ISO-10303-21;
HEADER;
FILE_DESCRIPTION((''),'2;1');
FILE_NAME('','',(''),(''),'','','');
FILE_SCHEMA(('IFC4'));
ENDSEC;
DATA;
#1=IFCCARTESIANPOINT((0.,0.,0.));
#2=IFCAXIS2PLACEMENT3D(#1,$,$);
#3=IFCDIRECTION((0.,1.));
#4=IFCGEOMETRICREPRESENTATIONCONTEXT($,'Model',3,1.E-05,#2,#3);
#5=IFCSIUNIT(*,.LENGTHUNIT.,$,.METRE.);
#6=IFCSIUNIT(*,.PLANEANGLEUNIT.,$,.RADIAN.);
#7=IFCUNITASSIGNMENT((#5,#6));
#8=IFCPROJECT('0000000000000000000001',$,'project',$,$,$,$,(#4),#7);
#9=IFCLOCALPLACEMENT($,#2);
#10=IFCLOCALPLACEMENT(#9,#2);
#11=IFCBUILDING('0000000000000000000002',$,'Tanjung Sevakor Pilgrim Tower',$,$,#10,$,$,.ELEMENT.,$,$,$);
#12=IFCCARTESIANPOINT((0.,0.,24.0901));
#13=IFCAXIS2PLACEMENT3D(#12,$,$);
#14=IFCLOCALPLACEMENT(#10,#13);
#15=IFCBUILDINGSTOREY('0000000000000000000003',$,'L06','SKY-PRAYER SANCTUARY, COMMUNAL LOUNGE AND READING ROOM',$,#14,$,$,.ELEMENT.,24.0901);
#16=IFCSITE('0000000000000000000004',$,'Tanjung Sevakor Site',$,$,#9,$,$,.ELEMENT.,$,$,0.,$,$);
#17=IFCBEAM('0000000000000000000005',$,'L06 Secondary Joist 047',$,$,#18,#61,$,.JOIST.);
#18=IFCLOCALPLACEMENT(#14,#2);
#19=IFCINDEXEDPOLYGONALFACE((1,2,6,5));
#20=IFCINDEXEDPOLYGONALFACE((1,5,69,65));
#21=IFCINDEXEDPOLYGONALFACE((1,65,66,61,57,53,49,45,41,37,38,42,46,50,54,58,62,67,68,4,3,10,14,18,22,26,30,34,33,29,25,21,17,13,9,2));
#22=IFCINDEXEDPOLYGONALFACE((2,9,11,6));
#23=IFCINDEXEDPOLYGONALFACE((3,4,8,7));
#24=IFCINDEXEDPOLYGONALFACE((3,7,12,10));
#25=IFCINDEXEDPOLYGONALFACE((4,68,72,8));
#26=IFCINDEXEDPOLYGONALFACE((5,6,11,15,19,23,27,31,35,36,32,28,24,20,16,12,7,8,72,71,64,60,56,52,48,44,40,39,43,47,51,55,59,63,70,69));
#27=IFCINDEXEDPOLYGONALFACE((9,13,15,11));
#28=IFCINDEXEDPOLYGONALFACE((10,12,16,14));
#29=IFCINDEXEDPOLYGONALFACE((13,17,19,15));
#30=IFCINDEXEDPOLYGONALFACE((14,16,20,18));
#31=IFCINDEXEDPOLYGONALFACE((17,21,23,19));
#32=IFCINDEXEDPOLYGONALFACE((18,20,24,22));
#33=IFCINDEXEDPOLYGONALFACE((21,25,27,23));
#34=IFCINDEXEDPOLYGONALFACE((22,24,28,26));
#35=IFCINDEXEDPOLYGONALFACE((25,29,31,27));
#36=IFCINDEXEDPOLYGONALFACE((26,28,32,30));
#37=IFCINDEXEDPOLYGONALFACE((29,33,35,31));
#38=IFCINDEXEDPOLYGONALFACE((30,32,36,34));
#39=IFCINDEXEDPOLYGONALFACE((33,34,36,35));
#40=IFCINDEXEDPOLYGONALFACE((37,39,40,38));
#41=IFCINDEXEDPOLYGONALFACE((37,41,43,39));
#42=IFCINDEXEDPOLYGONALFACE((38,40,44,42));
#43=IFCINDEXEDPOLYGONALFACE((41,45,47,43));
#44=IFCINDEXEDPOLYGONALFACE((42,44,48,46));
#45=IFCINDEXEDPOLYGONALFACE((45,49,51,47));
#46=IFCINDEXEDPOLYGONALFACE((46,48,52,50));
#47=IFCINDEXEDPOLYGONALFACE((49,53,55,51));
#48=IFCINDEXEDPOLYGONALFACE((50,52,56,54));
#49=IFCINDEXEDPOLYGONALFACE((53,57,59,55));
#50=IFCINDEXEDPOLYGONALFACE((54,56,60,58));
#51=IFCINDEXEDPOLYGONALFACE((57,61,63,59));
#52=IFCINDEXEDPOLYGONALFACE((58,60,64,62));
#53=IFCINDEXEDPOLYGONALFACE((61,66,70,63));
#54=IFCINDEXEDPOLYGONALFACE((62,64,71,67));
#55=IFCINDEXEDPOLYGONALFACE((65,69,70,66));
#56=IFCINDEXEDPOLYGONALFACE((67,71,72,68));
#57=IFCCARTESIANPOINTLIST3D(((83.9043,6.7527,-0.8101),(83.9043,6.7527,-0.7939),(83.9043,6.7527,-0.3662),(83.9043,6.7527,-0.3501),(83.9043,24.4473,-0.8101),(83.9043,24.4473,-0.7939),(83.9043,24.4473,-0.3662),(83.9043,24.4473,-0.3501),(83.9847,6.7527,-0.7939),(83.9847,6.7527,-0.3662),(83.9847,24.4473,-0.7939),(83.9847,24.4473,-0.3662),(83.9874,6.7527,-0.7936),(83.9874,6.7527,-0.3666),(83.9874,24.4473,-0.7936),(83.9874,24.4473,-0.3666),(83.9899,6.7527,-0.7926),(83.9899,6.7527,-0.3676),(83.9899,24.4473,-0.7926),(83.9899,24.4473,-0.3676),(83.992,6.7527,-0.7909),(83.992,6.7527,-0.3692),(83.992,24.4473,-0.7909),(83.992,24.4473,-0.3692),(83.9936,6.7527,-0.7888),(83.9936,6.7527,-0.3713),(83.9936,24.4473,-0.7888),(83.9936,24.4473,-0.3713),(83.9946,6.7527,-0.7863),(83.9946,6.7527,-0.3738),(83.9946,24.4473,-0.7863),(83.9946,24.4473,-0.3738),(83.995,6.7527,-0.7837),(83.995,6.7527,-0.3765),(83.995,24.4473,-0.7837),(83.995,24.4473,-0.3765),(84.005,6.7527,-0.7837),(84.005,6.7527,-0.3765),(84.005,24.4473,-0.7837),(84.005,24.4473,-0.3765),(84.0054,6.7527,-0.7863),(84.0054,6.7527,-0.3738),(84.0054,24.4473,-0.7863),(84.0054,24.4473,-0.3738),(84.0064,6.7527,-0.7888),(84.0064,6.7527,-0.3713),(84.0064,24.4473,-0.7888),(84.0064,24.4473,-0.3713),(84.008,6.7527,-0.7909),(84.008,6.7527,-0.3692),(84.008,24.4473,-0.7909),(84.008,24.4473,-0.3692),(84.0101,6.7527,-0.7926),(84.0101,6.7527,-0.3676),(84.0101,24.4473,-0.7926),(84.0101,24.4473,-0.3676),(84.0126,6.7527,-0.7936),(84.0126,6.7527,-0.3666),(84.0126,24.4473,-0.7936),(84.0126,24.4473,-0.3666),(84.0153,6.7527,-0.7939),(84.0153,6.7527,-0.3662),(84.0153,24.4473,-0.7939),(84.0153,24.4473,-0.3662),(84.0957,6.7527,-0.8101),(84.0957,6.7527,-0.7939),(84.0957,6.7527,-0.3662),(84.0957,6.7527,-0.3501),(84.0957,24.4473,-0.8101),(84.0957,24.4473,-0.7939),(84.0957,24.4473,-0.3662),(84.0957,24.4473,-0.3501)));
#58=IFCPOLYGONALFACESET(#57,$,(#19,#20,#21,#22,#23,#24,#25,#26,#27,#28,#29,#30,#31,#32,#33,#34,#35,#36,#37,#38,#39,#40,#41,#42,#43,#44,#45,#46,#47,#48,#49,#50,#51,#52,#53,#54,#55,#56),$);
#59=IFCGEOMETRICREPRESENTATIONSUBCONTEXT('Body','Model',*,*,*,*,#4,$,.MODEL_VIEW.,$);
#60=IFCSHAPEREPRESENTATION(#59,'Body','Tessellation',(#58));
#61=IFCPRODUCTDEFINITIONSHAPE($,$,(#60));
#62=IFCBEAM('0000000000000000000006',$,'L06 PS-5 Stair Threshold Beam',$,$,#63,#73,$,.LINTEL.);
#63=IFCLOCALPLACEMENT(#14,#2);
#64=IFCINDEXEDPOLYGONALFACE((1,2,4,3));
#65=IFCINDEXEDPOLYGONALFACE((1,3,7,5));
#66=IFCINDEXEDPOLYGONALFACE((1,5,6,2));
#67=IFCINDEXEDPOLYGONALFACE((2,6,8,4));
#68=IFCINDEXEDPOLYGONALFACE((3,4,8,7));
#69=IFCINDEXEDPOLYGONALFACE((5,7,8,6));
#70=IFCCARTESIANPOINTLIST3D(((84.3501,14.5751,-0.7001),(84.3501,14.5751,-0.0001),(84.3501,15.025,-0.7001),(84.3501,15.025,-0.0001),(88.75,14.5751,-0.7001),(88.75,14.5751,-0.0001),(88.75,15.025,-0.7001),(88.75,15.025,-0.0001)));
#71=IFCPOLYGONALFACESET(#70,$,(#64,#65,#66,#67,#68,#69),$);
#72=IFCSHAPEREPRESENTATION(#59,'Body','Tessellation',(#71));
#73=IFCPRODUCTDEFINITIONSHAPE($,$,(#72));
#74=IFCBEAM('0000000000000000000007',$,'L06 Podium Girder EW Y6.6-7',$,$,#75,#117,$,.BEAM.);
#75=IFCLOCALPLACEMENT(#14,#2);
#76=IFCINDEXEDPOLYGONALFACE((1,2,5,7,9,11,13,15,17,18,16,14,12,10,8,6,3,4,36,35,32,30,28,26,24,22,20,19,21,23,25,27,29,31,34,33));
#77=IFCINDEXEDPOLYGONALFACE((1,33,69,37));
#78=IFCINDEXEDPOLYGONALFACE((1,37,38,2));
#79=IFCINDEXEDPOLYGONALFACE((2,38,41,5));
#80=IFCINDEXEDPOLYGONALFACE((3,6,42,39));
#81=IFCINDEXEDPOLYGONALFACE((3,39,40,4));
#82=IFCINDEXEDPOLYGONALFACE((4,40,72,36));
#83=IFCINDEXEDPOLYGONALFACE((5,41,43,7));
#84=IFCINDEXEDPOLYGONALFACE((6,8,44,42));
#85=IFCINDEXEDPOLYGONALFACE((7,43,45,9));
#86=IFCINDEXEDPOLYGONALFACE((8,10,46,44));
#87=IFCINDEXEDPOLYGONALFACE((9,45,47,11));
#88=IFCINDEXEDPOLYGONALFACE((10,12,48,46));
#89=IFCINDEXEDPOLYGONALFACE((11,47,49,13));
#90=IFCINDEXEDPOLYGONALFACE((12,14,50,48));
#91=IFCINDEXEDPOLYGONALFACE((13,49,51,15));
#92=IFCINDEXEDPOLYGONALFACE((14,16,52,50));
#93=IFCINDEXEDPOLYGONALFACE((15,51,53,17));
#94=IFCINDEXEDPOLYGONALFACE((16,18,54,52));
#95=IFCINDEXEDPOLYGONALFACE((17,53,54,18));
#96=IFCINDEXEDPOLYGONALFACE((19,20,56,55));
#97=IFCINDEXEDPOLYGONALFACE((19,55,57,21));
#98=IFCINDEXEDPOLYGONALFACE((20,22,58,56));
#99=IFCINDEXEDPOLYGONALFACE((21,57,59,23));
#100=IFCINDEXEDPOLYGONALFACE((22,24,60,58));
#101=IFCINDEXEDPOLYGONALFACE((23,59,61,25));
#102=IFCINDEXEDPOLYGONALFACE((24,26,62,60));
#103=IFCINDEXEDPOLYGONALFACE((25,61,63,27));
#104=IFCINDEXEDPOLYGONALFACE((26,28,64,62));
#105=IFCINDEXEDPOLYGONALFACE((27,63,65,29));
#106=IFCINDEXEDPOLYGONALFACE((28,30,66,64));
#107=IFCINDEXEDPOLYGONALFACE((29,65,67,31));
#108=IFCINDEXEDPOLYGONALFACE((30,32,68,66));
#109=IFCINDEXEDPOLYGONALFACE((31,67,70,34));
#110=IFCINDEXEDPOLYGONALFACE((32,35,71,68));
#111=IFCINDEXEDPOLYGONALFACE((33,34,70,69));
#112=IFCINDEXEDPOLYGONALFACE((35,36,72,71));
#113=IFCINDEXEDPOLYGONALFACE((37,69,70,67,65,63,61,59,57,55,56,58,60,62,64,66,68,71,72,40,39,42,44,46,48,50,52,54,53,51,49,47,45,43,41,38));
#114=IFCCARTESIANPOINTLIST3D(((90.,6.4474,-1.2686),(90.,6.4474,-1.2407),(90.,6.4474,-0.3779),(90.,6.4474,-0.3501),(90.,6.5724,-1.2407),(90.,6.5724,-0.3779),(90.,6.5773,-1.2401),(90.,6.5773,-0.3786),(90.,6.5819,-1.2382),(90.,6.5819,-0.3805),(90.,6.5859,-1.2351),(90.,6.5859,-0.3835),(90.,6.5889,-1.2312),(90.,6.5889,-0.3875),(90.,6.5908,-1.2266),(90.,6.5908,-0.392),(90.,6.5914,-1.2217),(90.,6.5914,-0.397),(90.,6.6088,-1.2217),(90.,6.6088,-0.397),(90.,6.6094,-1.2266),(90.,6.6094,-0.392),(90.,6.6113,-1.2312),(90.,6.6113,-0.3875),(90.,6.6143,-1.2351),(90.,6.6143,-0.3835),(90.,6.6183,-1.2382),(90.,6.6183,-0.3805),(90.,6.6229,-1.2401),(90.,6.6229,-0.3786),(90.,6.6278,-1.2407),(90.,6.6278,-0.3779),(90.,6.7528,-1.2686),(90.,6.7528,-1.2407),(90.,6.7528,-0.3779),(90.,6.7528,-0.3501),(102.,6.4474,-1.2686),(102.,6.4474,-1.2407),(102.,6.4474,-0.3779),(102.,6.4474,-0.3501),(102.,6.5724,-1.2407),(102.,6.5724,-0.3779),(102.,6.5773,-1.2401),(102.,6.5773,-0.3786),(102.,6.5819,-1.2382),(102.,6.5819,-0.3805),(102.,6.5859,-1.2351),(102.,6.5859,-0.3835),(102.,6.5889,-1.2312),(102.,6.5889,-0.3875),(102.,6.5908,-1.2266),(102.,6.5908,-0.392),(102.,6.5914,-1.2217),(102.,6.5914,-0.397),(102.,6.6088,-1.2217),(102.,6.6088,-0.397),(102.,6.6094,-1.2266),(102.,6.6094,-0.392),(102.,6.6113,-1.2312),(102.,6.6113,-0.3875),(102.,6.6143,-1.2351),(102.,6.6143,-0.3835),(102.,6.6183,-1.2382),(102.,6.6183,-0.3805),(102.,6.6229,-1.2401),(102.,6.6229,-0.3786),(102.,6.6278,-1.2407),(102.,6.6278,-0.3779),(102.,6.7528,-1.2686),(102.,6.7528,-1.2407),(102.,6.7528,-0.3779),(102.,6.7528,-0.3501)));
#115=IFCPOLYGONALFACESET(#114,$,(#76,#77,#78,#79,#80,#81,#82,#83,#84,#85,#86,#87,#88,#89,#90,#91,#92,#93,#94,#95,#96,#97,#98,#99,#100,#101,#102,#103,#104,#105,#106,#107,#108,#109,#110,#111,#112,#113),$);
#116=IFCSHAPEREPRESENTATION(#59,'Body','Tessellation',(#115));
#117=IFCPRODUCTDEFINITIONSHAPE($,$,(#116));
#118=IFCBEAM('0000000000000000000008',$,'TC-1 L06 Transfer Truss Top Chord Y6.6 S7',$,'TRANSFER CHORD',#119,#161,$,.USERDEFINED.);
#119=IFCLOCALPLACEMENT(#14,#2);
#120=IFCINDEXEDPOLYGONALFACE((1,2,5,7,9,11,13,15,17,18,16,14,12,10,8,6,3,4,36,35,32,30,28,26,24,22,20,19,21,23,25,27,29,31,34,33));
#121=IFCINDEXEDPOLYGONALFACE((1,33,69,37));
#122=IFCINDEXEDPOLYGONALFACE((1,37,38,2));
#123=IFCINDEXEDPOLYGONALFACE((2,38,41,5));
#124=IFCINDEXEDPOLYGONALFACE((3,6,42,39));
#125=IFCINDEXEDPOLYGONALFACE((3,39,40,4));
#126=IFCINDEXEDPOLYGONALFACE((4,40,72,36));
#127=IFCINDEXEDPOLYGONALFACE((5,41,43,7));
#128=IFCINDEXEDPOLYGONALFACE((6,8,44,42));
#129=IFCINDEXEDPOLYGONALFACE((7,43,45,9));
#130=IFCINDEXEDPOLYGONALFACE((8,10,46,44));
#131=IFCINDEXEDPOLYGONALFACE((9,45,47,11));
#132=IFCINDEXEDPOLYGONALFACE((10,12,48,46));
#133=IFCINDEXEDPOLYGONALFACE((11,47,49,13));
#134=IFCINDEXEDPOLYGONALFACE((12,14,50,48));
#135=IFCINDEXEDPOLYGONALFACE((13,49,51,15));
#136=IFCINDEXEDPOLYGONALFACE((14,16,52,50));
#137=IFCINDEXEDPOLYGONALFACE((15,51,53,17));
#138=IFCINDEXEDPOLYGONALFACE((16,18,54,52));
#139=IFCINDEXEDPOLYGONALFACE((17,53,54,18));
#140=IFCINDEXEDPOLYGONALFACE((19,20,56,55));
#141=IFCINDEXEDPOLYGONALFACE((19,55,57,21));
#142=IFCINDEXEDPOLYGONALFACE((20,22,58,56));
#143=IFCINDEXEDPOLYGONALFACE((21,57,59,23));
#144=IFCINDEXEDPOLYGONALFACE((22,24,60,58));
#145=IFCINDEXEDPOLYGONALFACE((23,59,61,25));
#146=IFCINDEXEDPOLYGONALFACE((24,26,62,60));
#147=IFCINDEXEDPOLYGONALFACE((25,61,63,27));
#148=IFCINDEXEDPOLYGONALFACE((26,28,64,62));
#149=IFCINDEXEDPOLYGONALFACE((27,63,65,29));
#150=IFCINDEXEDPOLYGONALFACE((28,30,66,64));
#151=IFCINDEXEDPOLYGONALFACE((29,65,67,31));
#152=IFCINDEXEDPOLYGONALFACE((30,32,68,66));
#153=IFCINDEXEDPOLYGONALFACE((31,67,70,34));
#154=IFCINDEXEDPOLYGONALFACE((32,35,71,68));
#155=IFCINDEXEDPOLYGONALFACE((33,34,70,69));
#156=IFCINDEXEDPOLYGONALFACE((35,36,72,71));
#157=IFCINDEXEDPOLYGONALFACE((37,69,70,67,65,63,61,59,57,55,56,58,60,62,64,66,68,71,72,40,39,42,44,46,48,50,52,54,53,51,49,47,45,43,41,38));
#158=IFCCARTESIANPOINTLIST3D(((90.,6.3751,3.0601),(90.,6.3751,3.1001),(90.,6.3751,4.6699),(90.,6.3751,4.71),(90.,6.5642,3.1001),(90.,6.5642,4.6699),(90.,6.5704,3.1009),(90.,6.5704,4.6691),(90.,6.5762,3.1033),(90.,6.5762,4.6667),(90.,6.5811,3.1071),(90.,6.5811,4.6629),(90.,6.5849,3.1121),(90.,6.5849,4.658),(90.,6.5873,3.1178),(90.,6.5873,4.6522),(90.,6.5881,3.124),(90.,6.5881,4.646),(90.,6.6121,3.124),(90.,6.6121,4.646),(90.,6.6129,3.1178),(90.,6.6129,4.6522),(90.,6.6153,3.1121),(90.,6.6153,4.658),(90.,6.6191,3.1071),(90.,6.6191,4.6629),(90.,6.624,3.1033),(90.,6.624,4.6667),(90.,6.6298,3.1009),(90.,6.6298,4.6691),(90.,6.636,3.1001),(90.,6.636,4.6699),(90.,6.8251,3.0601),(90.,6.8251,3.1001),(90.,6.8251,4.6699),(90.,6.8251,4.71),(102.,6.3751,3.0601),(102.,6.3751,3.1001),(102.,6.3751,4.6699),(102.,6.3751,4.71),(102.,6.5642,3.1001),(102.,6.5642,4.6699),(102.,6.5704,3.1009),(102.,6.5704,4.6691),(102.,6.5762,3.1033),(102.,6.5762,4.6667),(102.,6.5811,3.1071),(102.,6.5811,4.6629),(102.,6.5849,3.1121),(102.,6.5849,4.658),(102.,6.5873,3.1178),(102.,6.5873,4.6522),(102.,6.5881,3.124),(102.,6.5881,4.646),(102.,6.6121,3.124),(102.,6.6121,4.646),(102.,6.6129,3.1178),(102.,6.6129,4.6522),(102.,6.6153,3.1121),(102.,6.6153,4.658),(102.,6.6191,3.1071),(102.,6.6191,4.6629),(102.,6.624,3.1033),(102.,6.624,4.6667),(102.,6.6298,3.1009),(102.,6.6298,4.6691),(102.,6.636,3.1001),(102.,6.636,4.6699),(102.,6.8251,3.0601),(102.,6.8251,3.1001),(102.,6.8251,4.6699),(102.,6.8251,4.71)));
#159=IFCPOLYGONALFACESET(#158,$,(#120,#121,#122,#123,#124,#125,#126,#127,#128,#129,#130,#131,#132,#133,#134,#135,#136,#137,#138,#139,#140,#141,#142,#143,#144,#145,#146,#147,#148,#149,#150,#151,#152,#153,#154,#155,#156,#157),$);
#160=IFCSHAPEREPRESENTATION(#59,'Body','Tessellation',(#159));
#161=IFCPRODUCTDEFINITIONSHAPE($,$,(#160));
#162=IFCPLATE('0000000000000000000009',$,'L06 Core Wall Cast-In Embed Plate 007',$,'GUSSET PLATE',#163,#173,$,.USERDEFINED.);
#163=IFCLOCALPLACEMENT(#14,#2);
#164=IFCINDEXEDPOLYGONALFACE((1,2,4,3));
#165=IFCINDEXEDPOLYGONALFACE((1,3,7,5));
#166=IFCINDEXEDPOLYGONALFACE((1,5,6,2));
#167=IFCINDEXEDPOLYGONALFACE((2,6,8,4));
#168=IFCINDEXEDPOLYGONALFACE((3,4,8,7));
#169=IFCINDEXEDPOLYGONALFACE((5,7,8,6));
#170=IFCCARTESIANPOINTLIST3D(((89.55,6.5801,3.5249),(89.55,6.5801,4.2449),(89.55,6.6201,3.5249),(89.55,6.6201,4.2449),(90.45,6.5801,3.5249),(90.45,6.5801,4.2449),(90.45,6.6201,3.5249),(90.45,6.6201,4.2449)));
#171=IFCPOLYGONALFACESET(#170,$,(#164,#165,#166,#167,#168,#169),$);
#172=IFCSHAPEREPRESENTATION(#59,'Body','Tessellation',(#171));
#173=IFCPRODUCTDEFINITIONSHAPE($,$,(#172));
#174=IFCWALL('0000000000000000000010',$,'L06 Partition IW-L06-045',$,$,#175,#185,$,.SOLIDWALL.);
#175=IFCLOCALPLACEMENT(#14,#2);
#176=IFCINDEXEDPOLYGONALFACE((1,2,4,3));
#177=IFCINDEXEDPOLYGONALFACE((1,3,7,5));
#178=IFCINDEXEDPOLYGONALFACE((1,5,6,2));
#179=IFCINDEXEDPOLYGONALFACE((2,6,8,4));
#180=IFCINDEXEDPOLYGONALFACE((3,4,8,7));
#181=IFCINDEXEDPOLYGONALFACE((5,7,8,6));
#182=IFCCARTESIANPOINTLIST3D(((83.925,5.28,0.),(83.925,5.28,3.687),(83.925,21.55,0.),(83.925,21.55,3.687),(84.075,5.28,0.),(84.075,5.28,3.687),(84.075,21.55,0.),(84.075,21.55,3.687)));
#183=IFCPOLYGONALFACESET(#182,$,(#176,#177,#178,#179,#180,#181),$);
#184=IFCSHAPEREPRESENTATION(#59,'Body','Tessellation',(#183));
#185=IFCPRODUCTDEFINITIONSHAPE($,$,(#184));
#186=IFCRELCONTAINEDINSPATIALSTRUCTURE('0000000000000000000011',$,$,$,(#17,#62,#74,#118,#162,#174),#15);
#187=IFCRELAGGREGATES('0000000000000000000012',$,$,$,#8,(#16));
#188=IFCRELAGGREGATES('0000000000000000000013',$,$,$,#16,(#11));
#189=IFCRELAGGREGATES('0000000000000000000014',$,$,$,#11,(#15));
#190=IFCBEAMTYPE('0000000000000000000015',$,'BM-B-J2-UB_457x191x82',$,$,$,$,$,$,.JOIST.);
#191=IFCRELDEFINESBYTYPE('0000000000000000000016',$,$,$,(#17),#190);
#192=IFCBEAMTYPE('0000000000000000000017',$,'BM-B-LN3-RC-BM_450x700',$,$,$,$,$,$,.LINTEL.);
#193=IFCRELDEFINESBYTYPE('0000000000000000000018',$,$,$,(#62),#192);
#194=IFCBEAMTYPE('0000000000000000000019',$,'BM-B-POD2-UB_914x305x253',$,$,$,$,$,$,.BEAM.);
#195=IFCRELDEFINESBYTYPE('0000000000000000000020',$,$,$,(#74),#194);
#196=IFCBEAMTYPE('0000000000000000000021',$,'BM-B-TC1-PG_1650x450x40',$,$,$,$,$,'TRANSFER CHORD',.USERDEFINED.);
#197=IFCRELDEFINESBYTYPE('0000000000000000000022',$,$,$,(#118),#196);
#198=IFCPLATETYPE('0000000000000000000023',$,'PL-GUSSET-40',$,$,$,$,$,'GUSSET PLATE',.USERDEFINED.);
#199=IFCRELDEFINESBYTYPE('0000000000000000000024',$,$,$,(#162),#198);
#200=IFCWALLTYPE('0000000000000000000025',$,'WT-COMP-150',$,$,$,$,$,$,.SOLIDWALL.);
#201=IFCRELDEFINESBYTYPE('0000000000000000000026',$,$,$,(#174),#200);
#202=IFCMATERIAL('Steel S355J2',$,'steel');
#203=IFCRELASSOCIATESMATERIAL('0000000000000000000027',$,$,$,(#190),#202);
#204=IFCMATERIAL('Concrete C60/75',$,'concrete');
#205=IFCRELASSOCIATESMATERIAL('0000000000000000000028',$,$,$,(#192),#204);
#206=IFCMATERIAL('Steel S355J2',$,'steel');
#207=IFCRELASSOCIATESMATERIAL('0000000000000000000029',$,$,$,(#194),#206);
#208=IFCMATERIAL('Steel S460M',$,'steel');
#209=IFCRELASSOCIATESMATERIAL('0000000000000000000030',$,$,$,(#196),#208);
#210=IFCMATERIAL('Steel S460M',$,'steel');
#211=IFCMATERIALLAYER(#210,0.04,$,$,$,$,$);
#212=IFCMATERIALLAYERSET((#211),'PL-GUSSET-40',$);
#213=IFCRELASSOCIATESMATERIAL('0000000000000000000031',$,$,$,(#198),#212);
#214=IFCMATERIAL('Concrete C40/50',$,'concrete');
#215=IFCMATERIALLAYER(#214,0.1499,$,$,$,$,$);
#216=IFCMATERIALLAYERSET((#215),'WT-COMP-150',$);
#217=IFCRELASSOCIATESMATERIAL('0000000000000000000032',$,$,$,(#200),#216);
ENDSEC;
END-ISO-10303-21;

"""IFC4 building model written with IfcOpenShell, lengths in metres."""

from ifc_helpers import new_model, si_unit, direction, frame, frame_2d, origin, origin_2d, place, context, subcontext, project, spatial, rectangle, i_section, extrude, material, layer, layer_set, material_profile, profile_set, type_object, element, save


model = new_model("IFC4")

# Units and contexts
model_context = context("Model", 3, precision=1e-05, world=origin(), true_north=direction((0.0, 1.0)))
body_context = subcontext(model_context, "Body", "Model", "MODEL_VIEW")
ifc_project = project(units=[si_unit("LENGTHUNIT", "METRE"), si_unit("PLANEANGLEUNIT", "RADIAN")], contexts=[model_context])

# Site, building, storey
site_placement = place(None, origin())
site = spatial("IfcSite", under=ifc_project, at=site_placement, Name="Tanjung Sevakor Site", CompositionType="ELEMENT", RefElevation=0.0)
building_placement = place(site_placement, origin())
building = spatial("IfcBuilding", under=site, at=building_placement, Name="Tanjung Sevakor Pilgrim Tower", CompositionType="ELEMENT")
storey_placement = place(building_placement, frame((0.0, 0.0, 24.0901)))
storey = spatial("IfcBuildingStorey", under=building, at=storey_placement, Name="L06", Description="SKY-PRAYER SANCTUARY, COMMUNAL LOUNGE AND READING ROOM", CompositionType="ELEMENT", Elevation=24.0901)

# Beams
ifc_material_1 = material(Name="Steel S355J2", Category="steel")
ifc_material_profile_1 = material_profile(ifc_material_1, i_section(OverallWidth=0.1914, OverallDepth=0.46, WebThickness=0.01, FlangeThickness=0.0161, FilletRadius=0.0103, at=origin_2d()))
ifc_profile_set_1 = profile_set([ifc_material_profile_1], Name="Steel S355J2")
beam_type_1 = type_object("IfcBeamType", Name="BM-B-J2-UB_457x191x82", PredefinedType="JOIST", material=ifc_profile_set_1)
beam_1_placement = place(storey_placement, frame((84.0, 6.7527, -0.5801), z_axis=(0.0, 1.0, 0.0), x_axis=(-1.0, 0.0, 0.0)))
element("IfcBeam", 1, at=beam_1_placement, inside=storey, type_object=beam_type_1, Name="L06 Secondary Joist 047", PredefinedType="JOIST", context=body_context, shape_type="SweptSolid", body=[
    extrude(i_section(OverallWidth=0.1914, OverallDepth=0.46, WebThickness=0.01, FlangeThickness=0.0161, FilletRadius=0.0103, at=origin_2d()), origin(), (0.0, 0.0, 1.0), 17.6946),
])
ifc_material_2 = material(Name="Concrete C60/75", Category="concrete")
ifc_material_profile_2 = material_profile(ifc_material_2, rectangle(XDim=0.45, YDim=0.7, at=origin_2d()))
ifc_profile_set_2 = profile_set([ifc_material_profile_2], Name="Concrete C60/75")
beam_type_2 = type_object("IfcBeamType", Name="BM-B-LN3-RC-BM_450x700", PredefinedType="LINTEL", material=ifc_profile_set_2)
beam_2_placement = place(storey_placement, frame((84.3501, 14.8, -0.3501), z_axis=(1.0, 0.0, 0.0), x_axis=(0.0, 1.0, 0.0)))
element("IfcBeam", 2, at=beam_2_placement, inside=storey, type_object=beam_type_2, Name="L06 PS-5 Stair Threshold Beam", PredefinedType="LINTEL", context=body_context, shape_type="SweptSolid", body=[
    extrude(rectangle(XDim=0.45, YDim=0.7, at=origin_2d()), origin(), (0.0, 0.0, 1.0), 4.3999),
])
ifc_material_3 = material(Name="Steel S355J2", Category="steel")
ifc_material_profile_3 = material_profile(ifc_material_3, i_section(OverallWidth=0.3054, OverallDepth=0.9185, WebThickness=0.0173, FlangeThickness=0.0278, FilletRadius=0.019, at=origin_2d()))
ifc_profile_set_3 = profile_set([ifc_material_profile_3], Name="Steel S355J2")
beam_type_3 = type_object("IfcBeamType", Name="BM-B-POD2-UB_914x305x253", PredefinedType="BEAM", material=ifc_profile_set_3)
beam_3_placement = place(storey_placement, frame((90.0, 6.6001, -0.8093), z_axis=(1.0, 0.0, 0.0), x_axis=(0.0, 1.0, 0.0)))
element("IfcBeam", 3, at=beam_3_placement, inside=storey, type_object=beam_type_3, Name="L06 Podium Girder EW Y6.6-7", PredefinedType="BEAM", context=body_context, shape_type="SweptSolid", body=[
    extrude(i_section(OverallWidth=0.3054, OverallDepth=0.9185, WebThickness=0.0173, FlangeThickness=0.0278, FilletRadius=0.019, at=origin_2d()), origin(), (0.0, 0.0, 1.0), 12.0),
])
ifc_material_4 = material(Name="Steel S460M", Category="steel")
ifc_material_profile_4 = material_profile(ifc_material_4, i_section(OverallWidth=0.45, OverallDepth=1.6499, WebThickness=0.0239, FlangeThickness=0.04, FilletRadius=0.0239, at=origin_2d()))
ifc_profile_set_4 = profile_set([ifc_material_profile_4], Name="Steel S460M")
beam_type_4 = type_object("IfcBeamType", Name="BM-B-TC1-PG_1650x450x40", ElementType="TRANSFER CHORD", PredefinedType="USERDEFINED", material=ifc_profile_set_4)
beam_4_placement = place(storey_placement, frame((90.0, 6.6001, 3.885), z_axis=(1.0, 0.0, 0.0), x_axis=(0.0, 1.0, 0.0)))
element("IfcBeam", 4, at=beam_4_placement, inside=storey, type_object=beam_type_4, Name="TC-1 L06 Transfer Truss Top Chord Y6.6 S7", ObjectType="TRANSFER CHORD", PredefinedType="USERDEFINED", context=body_context, shape_type="SweptSolid", body=[
    extrude(i_section(OverallWidth=0.45, OverallDepth=1.6499, WebThickness=0.0239, FlangeThickness=0.04, FilletRadius=0.0239, at=origin_2d()), origin(), (0.0, 0.0, 1.0), 12.0),
])

# Plate
ifc_material_5 = material(Name="Steel S460M", Category="steel")
ifc_layer_1 = layer(ifc_material_5, 0.04)
ifc_layer_set_1 = layer_set([ifc_layer_1], Name="PL-GUSSET-40")
plate_type = type_object("IfcPlateType", Name="PL-GUSSET-40", ElementType="GUSSET PLATE", PredefinedType="USERDEFINED", material=ifc_layer_set_1)
plate_placement = place(storey_placement, frame((90.0, 6.6001, 3.5249), z_axis=(0.0, 0.0, 1.0), x_axis=(1.0, 0.0, 0.0)))
element("IfcPlate", 5, at=plate_placement, inside=storey, type_object=plate_type, Name="L06 Core Wall Cast-In Embed Plate 007", ObjectType="GUSSET PLATE", PredefinedType="USERDEFINED", context=body_context, shape_type="SweptSolid", body=[
    extrude(rectangle(XDim=0.8999, YDim=0.04, at=origin_2d()), origin(), (0.0, 0.0, 1.0), 0.72),
])

# Wall
ifc_material_6 = material(Name="Concrete C40/50", Category="concrete")
ifc_layer_2 = layer(ifc_material_6, 0.1499)
ifc_layer_set_2 = layer_set([ifc_layer_2], Name="WT-COMP-150")
wall_type_1 = type_object("IfcWallType", Name="WT-COMP-150", PredefinedType="SOLIDWALL", material=ifc_layer_set_2)
wall_1_placement = place(storey_placement, frame((84.0, 5.28, 0.0), z_axis=(0.0, 0.0, 1.0), x_axis=(0.0, 1.0, 0.0)))
element("IfcWall", 6, at=wall_1_placement, inside=storey, type_object=wall_type_1, Name="L06 Partition IW-L06-045", PredefinedType="SOLIDWALL", context=body_context, shape_type="SweptSolid", body=[
    extrude(rectangle(XDim=16.27, YDim=0.1499, at=frame_2d((8.135, 0.0))), origin(), (0.0, 0.0, 1.0), 3.687),
])

save(model, "model.ifc")
